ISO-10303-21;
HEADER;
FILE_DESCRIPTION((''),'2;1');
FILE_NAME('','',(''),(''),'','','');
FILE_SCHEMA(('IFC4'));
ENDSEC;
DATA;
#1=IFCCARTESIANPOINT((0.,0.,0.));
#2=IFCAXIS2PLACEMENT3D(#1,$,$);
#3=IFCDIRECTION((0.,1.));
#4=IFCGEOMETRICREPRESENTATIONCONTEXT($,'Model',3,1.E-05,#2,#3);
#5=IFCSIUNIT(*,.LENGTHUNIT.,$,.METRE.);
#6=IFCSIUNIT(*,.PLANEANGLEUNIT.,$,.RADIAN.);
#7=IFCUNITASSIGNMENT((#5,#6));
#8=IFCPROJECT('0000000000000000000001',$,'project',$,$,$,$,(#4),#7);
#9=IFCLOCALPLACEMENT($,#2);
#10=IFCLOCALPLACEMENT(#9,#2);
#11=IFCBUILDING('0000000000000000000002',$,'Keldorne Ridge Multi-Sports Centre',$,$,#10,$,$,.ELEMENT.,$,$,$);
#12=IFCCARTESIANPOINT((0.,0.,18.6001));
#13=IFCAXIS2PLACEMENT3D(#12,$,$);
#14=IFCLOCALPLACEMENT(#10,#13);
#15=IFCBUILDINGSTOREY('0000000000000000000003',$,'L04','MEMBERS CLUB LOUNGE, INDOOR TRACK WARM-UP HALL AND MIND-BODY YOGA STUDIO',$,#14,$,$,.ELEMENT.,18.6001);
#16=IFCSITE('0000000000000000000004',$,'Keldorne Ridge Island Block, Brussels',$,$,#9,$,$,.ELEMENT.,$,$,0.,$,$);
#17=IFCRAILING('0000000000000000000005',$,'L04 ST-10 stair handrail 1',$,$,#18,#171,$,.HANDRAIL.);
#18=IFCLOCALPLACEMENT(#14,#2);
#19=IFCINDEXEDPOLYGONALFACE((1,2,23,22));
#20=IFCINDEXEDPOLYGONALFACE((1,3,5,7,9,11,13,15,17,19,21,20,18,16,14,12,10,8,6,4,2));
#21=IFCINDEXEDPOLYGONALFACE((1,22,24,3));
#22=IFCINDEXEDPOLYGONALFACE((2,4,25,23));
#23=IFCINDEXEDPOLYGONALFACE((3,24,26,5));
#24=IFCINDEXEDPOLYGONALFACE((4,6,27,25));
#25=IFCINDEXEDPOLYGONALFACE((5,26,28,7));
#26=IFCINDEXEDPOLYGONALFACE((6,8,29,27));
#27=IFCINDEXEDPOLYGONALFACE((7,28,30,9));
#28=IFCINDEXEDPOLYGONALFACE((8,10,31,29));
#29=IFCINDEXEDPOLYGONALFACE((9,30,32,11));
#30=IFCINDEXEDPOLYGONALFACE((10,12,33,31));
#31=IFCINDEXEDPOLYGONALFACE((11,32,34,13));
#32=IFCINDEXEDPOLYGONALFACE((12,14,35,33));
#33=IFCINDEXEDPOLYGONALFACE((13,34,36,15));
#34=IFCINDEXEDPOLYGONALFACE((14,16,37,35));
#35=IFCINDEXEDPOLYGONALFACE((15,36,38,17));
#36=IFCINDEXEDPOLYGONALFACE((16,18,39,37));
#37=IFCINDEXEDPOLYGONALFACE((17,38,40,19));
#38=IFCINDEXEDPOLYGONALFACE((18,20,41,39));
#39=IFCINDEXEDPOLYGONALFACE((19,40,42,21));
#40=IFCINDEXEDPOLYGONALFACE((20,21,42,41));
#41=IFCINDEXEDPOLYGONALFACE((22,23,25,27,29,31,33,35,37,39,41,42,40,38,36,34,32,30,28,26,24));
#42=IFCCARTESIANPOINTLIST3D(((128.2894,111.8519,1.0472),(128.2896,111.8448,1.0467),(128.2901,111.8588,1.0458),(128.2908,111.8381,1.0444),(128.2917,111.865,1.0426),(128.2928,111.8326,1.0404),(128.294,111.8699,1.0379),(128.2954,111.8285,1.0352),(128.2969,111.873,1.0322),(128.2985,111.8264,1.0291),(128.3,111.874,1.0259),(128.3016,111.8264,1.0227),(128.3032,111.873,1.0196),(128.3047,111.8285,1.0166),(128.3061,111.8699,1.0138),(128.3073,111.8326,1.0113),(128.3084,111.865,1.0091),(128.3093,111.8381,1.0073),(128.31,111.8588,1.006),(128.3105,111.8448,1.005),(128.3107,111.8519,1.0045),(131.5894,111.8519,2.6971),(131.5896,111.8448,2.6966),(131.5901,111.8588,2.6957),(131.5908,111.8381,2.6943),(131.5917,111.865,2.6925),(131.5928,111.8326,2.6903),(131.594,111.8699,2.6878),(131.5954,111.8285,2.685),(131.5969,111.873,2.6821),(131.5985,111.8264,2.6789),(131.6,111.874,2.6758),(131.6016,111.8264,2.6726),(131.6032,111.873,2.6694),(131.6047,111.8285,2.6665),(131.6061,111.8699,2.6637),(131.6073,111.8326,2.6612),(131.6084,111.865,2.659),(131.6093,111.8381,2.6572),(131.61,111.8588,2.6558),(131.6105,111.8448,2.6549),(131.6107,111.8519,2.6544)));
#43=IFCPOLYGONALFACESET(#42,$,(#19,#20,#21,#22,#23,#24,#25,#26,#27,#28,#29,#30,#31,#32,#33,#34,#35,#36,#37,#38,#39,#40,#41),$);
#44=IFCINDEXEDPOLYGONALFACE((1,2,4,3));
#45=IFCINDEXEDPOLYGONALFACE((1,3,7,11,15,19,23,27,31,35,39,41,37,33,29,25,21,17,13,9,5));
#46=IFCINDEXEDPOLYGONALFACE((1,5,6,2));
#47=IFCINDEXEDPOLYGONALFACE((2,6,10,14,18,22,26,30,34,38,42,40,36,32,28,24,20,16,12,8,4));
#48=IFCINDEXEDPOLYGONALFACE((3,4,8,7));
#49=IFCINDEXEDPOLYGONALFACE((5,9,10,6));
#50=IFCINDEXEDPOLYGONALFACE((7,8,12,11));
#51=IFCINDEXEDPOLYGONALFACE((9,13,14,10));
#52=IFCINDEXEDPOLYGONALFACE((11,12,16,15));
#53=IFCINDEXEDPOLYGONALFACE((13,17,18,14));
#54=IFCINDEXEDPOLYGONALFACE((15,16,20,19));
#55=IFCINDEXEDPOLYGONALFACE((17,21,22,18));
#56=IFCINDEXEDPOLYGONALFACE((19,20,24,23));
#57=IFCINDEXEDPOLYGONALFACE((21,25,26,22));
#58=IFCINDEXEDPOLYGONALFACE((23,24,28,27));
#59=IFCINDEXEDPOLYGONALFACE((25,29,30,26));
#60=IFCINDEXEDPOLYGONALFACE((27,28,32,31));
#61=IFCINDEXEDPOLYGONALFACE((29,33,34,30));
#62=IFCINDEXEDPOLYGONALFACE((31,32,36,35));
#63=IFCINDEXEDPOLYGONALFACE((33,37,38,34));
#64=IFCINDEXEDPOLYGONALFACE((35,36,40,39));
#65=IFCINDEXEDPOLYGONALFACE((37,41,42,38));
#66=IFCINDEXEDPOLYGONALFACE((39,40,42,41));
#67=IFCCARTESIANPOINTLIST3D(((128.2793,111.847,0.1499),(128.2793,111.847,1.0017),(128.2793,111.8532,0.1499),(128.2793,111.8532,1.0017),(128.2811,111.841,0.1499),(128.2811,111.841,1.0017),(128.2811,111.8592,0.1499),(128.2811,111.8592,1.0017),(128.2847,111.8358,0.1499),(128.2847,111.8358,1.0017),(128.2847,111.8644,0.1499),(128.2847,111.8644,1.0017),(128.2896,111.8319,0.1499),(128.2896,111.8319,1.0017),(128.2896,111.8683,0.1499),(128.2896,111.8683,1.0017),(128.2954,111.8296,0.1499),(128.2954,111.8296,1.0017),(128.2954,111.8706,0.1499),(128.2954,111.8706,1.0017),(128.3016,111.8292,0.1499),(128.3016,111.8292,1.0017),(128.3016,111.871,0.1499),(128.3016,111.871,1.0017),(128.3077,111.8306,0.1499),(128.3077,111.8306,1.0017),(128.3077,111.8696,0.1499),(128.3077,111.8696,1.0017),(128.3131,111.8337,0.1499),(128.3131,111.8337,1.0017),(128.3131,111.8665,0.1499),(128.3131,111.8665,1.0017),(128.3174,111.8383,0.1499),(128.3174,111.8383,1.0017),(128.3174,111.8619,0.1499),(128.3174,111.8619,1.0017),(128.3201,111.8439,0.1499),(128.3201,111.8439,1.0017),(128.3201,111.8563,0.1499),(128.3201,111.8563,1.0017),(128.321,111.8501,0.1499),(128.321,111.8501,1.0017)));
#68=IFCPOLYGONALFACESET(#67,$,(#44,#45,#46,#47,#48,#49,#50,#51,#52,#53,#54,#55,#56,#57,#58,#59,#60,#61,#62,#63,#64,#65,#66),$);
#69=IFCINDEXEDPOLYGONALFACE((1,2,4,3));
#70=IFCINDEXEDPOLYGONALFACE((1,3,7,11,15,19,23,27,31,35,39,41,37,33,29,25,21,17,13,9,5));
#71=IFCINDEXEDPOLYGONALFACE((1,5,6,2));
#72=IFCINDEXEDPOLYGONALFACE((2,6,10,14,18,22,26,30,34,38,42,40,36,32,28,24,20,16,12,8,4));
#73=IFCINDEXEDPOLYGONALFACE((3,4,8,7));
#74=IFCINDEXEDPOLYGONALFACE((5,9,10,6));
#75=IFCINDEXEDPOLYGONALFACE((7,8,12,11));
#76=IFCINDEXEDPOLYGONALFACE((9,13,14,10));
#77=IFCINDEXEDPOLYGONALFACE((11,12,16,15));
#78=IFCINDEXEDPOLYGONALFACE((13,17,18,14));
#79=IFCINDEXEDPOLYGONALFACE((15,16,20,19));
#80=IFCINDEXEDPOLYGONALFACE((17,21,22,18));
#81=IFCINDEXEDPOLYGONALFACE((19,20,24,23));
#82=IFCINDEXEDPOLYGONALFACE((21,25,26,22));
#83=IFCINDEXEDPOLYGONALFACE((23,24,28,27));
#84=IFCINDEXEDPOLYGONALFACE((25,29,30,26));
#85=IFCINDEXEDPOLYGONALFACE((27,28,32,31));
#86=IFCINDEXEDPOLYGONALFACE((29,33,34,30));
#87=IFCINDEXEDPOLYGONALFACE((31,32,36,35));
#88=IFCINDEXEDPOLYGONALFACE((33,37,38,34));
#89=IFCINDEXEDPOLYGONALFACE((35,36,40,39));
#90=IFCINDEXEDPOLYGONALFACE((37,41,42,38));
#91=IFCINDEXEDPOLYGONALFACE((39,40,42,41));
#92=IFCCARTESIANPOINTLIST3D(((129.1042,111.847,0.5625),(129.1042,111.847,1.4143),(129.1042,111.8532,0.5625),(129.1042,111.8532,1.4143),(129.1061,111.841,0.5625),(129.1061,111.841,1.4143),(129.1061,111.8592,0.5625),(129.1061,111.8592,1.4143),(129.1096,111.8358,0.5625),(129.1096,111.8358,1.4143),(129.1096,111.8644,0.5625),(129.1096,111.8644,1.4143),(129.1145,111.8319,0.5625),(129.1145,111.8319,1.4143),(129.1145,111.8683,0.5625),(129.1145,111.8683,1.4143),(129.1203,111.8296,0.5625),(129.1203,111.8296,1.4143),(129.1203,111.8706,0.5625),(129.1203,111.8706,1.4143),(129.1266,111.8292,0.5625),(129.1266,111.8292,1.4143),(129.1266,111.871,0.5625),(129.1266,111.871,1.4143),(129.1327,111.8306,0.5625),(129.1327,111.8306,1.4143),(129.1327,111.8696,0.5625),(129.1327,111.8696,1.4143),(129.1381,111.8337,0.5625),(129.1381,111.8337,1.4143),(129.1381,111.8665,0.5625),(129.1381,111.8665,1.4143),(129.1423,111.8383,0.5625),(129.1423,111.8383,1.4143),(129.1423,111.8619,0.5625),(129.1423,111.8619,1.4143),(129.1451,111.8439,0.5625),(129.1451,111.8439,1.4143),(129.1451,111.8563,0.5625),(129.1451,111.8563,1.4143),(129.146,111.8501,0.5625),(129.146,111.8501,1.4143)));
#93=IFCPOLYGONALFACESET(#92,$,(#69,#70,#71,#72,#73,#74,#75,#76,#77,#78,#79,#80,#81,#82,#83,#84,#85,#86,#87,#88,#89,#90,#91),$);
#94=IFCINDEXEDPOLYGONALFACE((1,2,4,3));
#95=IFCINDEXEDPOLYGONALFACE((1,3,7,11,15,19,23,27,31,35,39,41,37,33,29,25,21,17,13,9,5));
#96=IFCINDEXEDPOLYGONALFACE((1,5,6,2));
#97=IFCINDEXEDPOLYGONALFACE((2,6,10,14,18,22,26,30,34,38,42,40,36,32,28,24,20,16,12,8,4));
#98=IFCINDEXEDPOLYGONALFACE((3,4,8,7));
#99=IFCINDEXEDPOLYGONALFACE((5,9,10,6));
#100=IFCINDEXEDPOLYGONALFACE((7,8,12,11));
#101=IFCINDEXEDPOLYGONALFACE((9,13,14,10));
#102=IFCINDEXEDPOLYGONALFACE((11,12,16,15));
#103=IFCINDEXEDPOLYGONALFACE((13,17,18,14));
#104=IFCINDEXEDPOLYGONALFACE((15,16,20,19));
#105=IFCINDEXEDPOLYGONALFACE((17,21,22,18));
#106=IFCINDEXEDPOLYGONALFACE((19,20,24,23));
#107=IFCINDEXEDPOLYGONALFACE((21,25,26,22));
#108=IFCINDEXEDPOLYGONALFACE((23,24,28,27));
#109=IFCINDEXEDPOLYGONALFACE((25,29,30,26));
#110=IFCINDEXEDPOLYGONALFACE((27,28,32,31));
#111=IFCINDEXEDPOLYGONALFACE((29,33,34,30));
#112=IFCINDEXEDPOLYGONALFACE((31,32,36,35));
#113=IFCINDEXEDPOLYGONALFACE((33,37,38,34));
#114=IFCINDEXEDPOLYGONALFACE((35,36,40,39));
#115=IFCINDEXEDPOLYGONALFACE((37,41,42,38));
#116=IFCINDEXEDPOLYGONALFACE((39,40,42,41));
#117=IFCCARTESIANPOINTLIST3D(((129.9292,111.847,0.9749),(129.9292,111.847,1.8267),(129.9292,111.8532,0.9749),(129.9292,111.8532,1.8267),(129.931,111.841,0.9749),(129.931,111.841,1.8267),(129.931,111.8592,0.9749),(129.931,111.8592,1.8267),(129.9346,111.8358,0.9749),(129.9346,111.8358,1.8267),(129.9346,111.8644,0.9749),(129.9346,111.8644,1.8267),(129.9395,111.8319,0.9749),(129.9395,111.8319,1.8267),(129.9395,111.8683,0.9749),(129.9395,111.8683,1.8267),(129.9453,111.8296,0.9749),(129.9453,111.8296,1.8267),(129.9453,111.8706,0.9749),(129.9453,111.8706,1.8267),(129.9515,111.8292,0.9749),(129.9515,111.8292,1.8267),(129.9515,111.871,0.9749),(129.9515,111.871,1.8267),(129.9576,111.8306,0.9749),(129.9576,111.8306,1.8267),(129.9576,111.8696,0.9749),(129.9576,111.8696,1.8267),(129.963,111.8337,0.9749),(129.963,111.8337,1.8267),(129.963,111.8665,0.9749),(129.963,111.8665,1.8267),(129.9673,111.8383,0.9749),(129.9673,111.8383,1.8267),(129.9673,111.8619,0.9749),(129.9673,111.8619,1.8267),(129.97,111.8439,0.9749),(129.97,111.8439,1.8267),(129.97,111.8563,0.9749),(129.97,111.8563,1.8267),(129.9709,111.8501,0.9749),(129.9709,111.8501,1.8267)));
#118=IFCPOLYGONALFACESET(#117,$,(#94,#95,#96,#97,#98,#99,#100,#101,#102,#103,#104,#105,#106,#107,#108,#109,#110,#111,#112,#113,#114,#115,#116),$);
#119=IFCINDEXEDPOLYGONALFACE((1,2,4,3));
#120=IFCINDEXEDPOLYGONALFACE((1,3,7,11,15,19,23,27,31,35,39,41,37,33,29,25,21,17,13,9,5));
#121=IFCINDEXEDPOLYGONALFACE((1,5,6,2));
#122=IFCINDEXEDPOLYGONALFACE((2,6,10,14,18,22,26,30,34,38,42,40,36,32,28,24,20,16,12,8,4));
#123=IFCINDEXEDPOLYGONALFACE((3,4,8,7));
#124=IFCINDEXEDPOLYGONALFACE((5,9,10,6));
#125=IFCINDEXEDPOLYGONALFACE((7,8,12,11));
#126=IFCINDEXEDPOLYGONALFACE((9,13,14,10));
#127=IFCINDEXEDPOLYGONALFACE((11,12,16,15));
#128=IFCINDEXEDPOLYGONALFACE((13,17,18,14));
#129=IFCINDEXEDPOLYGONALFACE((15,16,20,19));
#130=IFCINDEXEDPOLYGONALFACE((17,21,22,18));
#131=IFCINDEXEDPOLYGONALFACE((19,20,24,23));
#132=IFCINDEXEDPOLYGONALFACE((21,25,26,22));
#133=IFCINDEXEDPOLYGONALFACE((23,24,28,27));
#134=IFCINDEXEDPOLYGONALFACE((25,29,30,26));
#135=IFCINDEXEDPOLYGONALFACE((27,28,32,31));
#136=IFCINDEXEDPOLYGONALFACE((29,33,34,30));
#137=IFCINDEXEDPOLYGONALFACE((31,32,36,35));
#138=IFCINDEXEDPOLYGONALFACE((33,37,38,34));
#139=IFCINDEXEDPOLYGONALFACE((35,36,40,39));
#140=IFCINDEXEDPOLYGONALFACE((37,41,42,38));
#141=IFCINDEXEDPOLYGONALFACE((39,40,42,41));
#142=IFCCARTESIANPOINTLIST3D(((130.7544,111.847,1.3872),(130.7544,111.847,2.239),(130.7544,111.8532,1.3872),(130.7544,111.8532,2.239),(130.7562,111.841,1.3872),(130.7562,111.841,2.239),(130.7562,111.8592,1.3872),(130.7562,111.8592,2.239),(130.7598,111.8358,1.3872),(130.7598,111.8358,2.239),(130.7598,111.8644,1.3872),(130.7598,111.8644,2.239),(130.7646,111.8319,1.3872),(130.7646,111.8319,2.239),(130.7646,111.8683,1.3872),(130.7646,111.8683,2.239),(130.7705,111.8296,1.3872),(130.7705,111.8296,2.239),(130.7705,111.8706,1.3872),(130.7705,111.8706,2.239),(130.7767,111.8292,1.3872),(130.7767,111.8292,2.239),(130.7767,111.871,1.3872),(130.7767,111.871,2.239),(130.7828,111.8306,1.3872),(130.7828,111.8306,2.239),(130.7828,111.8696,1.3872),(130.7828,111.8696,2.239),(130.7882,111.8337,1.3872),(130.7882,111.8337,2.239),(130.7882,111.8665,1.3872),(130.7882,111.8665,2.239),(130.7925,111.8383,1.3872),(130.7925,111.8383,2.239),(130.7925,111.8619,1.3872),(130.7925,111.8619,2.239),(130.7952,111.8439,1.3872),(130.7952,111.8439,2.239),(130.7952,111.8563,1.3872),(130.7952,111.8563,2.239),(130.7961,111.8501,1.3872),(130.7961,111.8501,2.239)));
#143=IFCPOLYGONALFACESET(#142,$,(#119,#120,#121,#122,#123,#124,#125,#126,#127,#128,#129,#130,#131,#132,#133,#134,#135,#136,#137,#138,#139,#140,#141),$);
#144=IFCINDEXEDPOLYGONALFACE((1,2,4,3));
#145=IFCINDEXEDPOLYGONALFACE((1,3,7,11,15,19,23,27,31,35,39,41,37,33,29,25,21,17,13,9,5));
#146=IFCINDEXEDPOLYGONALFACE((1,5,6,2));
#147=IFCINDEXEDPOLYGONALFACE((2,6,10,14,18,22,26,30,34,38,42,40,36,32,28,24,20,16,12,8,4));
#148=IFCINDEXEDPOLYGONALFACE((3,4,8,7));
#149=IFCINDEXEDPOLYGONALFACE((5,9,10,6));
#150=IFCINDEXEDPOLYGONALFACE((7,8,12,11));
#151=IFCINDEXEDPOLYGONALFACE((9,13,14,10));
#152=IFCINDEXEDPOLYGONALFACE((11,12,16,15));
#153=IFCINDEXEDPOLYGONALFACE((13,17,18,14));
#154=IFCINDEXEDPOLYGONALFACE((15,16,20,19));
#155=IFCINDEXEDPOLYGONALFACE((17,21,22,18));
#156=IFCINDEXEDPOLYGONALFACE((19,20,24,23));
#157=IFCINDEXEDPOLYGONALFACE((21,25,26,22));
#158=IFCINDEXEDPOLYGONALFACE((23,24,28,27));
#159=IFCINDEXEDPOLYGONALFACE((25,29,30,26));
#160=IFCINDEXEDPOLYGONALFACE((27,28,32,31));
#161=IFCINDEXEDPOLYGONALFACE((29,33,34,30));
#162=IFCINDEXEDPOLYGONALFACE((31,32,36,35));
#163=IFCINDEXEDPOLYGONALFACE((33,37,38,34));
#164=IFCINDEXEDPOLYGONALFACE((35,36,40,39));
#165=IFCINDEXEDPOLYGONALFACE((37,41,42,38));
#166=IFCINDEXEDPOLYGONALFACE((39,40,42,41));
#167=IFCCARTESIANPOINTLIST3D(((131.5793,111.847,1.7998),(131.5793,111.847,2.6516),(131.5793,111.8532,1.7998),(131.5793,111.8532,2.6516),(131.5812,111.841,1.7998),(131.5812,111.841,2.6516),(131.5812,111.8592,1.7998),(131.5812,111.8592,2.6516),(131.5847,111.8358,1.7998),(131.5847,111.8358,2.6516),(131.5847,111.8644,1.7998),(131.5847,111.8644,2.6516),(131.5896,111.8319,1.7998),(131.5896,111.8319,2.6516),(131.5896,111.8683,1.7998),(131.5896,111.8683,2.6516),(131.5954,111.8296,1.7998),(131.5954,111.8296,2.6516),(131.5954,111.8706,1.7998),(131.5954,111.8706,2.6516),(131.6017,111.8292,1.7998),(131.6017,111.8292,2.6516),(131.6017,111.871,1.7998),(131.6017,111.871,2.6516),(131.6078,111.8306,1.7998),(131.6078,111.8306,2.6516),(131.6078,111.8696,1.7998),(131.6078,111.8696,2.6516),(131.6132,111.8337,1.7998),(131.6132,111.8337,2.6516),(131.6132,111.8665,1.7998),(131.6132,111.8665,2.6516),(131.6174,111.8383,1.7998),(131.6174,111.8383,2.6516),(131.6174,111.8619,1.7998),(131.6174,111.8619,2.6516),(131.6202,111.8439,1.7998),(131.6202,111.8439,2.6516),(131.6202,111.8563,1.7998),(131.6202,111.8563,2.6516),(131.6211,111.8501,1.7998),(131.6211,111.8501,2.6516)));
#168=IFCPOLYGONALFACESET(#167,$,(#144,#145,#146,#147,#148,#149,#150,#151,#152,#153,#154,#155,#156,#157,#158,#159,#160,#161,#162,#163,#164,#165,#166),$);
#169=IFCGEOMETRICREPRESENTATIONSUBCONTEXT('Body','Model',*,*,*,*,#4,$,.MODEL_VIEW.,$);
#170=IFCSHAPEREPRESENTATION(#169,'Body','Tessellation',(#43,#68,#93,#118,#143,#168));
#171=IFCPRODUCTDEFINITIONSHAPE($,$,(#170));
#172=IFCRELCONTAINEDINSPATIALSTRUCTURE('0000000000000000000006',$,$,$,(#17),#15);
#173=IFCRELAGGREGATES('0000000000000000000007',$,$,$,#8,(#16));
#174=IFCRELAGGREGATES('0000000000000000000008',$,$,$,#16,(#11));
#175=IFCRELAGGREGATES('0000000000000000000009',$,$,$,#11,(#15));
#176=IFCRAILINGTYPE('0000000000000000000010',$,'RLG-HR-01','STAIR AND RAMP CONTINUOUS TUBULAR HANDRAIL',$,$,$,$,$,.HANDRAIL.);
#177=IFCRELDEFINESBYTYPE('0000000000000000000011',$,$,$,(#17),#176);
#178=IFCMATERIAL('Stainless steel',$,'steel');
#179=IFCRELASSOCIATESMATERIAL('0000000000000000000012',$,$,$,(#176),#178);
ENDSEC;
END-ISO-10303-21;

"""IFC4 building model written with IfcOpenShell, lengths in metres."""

from ifc_helpers import new_model, si_unit, direction, frame, origin, origin_2d, place, context, subcontext, project, spatial, circle, extrude, material, type_object, element, save


model = new_model("IFC4")

# Units and contexts
model_context = context("Model", 3, precision=1e-05, world=origin(), true_north=direction((0.0, 1.0)))
body_context = subcontext(model_context, "Body", "Model", "MODEL_VIEW")
ifc_project = project(units=[si_unit("LENGTHUNIT", "METRE"), si_unit("PLANEANGLEUNIT", "RADIAN")], contexts=[model_context])

# Site, building, storey
site_placement = place(None, origin())
site = spatial("IfcSite", under=ifc_project, at=site_placement, Name="Keldorne Ridge Island Block, Brussels", CompositionType="ELEMENT", RefElevation=0.0)
building_placement = place(site_placement, origin())
building = spatial("IfcBuilding", under=site, at=building_placement, Name="Keldorne Ridge Multi-Sports Centre", CompositionType="ELEMENT")
storey_placement = place(building_placement, frame((0.0, 0.0, 18.6001)))
storey = spatial("IfcBuildingStorey", under=building, at=storey_placement, Name="L04", Description="MEMBERS CLUB LOUNGE, INDOOR TRACK WARM-UP HALL AND MIND-BODY YOGA STUDIO", CompositionType="ELEMENT", Elevation=18.6001)

# Railing
ifc_material_1 = material(Name="Stainless steel", Category="steel")
railing_type_1 = type_object("IfcRailingType", Name="RLG-HR-01", Description="STAIR AND RAMP CONTINUOUS TUBULAR HANDRAIL", PredefinedType="HANDRAIL", material=ifc_material_1)
railing_1_placement = place(storey_placement, frame((128.3, 111.8501, 0.1499)))
element("IfcRailing", 1, at=railing_1_placement, inside=storey, type_object=railing_type_1, Name="L04 ST-10 stair handrail 1", PredefinedType="HANDRAIL", context=body_context, shape_type="SweptSolid", body=[
    extrude(circle(Radius=0.0239, at=origin_2d()), frame((0.0, 0.0, 0.876), z_axis=(0.89444, 0.0, 0.447187), x_axis=(0.0, 1.0, 0.0)), (0.0, 0.0, 1.0), 3.6895),
    extrude(circle(Radius=0.021, at=origin_2d()), origin(), (0.0, 0.0, 1.0), 0.8518),
    extrude(circle(Radius=0.021, at=origin_2d()), frame((0.825, 0.0, 0.4126)), (0.0, 0.0, 1.0), 0.8518),
    extrude(circle(Radius=0.021, at=origin_2d()), frame((1.6499, 0.0, 0.825)), (0.0, 0.0, 1.0), 0.8518),
    extrude(circle(Radius=0.021, at=origin_2d()), frame((2.4751, 0.0, 1.2373)), (0.0, 0.0, 1.0), 0.8518),
    extrude(circle(Radius=0.021, at=origin_2d()), frame((3.3, 0.0, 1.6499)), (0.0, 0.0, 1.0), 0.8518),
])

save(model, "model.ifc")
